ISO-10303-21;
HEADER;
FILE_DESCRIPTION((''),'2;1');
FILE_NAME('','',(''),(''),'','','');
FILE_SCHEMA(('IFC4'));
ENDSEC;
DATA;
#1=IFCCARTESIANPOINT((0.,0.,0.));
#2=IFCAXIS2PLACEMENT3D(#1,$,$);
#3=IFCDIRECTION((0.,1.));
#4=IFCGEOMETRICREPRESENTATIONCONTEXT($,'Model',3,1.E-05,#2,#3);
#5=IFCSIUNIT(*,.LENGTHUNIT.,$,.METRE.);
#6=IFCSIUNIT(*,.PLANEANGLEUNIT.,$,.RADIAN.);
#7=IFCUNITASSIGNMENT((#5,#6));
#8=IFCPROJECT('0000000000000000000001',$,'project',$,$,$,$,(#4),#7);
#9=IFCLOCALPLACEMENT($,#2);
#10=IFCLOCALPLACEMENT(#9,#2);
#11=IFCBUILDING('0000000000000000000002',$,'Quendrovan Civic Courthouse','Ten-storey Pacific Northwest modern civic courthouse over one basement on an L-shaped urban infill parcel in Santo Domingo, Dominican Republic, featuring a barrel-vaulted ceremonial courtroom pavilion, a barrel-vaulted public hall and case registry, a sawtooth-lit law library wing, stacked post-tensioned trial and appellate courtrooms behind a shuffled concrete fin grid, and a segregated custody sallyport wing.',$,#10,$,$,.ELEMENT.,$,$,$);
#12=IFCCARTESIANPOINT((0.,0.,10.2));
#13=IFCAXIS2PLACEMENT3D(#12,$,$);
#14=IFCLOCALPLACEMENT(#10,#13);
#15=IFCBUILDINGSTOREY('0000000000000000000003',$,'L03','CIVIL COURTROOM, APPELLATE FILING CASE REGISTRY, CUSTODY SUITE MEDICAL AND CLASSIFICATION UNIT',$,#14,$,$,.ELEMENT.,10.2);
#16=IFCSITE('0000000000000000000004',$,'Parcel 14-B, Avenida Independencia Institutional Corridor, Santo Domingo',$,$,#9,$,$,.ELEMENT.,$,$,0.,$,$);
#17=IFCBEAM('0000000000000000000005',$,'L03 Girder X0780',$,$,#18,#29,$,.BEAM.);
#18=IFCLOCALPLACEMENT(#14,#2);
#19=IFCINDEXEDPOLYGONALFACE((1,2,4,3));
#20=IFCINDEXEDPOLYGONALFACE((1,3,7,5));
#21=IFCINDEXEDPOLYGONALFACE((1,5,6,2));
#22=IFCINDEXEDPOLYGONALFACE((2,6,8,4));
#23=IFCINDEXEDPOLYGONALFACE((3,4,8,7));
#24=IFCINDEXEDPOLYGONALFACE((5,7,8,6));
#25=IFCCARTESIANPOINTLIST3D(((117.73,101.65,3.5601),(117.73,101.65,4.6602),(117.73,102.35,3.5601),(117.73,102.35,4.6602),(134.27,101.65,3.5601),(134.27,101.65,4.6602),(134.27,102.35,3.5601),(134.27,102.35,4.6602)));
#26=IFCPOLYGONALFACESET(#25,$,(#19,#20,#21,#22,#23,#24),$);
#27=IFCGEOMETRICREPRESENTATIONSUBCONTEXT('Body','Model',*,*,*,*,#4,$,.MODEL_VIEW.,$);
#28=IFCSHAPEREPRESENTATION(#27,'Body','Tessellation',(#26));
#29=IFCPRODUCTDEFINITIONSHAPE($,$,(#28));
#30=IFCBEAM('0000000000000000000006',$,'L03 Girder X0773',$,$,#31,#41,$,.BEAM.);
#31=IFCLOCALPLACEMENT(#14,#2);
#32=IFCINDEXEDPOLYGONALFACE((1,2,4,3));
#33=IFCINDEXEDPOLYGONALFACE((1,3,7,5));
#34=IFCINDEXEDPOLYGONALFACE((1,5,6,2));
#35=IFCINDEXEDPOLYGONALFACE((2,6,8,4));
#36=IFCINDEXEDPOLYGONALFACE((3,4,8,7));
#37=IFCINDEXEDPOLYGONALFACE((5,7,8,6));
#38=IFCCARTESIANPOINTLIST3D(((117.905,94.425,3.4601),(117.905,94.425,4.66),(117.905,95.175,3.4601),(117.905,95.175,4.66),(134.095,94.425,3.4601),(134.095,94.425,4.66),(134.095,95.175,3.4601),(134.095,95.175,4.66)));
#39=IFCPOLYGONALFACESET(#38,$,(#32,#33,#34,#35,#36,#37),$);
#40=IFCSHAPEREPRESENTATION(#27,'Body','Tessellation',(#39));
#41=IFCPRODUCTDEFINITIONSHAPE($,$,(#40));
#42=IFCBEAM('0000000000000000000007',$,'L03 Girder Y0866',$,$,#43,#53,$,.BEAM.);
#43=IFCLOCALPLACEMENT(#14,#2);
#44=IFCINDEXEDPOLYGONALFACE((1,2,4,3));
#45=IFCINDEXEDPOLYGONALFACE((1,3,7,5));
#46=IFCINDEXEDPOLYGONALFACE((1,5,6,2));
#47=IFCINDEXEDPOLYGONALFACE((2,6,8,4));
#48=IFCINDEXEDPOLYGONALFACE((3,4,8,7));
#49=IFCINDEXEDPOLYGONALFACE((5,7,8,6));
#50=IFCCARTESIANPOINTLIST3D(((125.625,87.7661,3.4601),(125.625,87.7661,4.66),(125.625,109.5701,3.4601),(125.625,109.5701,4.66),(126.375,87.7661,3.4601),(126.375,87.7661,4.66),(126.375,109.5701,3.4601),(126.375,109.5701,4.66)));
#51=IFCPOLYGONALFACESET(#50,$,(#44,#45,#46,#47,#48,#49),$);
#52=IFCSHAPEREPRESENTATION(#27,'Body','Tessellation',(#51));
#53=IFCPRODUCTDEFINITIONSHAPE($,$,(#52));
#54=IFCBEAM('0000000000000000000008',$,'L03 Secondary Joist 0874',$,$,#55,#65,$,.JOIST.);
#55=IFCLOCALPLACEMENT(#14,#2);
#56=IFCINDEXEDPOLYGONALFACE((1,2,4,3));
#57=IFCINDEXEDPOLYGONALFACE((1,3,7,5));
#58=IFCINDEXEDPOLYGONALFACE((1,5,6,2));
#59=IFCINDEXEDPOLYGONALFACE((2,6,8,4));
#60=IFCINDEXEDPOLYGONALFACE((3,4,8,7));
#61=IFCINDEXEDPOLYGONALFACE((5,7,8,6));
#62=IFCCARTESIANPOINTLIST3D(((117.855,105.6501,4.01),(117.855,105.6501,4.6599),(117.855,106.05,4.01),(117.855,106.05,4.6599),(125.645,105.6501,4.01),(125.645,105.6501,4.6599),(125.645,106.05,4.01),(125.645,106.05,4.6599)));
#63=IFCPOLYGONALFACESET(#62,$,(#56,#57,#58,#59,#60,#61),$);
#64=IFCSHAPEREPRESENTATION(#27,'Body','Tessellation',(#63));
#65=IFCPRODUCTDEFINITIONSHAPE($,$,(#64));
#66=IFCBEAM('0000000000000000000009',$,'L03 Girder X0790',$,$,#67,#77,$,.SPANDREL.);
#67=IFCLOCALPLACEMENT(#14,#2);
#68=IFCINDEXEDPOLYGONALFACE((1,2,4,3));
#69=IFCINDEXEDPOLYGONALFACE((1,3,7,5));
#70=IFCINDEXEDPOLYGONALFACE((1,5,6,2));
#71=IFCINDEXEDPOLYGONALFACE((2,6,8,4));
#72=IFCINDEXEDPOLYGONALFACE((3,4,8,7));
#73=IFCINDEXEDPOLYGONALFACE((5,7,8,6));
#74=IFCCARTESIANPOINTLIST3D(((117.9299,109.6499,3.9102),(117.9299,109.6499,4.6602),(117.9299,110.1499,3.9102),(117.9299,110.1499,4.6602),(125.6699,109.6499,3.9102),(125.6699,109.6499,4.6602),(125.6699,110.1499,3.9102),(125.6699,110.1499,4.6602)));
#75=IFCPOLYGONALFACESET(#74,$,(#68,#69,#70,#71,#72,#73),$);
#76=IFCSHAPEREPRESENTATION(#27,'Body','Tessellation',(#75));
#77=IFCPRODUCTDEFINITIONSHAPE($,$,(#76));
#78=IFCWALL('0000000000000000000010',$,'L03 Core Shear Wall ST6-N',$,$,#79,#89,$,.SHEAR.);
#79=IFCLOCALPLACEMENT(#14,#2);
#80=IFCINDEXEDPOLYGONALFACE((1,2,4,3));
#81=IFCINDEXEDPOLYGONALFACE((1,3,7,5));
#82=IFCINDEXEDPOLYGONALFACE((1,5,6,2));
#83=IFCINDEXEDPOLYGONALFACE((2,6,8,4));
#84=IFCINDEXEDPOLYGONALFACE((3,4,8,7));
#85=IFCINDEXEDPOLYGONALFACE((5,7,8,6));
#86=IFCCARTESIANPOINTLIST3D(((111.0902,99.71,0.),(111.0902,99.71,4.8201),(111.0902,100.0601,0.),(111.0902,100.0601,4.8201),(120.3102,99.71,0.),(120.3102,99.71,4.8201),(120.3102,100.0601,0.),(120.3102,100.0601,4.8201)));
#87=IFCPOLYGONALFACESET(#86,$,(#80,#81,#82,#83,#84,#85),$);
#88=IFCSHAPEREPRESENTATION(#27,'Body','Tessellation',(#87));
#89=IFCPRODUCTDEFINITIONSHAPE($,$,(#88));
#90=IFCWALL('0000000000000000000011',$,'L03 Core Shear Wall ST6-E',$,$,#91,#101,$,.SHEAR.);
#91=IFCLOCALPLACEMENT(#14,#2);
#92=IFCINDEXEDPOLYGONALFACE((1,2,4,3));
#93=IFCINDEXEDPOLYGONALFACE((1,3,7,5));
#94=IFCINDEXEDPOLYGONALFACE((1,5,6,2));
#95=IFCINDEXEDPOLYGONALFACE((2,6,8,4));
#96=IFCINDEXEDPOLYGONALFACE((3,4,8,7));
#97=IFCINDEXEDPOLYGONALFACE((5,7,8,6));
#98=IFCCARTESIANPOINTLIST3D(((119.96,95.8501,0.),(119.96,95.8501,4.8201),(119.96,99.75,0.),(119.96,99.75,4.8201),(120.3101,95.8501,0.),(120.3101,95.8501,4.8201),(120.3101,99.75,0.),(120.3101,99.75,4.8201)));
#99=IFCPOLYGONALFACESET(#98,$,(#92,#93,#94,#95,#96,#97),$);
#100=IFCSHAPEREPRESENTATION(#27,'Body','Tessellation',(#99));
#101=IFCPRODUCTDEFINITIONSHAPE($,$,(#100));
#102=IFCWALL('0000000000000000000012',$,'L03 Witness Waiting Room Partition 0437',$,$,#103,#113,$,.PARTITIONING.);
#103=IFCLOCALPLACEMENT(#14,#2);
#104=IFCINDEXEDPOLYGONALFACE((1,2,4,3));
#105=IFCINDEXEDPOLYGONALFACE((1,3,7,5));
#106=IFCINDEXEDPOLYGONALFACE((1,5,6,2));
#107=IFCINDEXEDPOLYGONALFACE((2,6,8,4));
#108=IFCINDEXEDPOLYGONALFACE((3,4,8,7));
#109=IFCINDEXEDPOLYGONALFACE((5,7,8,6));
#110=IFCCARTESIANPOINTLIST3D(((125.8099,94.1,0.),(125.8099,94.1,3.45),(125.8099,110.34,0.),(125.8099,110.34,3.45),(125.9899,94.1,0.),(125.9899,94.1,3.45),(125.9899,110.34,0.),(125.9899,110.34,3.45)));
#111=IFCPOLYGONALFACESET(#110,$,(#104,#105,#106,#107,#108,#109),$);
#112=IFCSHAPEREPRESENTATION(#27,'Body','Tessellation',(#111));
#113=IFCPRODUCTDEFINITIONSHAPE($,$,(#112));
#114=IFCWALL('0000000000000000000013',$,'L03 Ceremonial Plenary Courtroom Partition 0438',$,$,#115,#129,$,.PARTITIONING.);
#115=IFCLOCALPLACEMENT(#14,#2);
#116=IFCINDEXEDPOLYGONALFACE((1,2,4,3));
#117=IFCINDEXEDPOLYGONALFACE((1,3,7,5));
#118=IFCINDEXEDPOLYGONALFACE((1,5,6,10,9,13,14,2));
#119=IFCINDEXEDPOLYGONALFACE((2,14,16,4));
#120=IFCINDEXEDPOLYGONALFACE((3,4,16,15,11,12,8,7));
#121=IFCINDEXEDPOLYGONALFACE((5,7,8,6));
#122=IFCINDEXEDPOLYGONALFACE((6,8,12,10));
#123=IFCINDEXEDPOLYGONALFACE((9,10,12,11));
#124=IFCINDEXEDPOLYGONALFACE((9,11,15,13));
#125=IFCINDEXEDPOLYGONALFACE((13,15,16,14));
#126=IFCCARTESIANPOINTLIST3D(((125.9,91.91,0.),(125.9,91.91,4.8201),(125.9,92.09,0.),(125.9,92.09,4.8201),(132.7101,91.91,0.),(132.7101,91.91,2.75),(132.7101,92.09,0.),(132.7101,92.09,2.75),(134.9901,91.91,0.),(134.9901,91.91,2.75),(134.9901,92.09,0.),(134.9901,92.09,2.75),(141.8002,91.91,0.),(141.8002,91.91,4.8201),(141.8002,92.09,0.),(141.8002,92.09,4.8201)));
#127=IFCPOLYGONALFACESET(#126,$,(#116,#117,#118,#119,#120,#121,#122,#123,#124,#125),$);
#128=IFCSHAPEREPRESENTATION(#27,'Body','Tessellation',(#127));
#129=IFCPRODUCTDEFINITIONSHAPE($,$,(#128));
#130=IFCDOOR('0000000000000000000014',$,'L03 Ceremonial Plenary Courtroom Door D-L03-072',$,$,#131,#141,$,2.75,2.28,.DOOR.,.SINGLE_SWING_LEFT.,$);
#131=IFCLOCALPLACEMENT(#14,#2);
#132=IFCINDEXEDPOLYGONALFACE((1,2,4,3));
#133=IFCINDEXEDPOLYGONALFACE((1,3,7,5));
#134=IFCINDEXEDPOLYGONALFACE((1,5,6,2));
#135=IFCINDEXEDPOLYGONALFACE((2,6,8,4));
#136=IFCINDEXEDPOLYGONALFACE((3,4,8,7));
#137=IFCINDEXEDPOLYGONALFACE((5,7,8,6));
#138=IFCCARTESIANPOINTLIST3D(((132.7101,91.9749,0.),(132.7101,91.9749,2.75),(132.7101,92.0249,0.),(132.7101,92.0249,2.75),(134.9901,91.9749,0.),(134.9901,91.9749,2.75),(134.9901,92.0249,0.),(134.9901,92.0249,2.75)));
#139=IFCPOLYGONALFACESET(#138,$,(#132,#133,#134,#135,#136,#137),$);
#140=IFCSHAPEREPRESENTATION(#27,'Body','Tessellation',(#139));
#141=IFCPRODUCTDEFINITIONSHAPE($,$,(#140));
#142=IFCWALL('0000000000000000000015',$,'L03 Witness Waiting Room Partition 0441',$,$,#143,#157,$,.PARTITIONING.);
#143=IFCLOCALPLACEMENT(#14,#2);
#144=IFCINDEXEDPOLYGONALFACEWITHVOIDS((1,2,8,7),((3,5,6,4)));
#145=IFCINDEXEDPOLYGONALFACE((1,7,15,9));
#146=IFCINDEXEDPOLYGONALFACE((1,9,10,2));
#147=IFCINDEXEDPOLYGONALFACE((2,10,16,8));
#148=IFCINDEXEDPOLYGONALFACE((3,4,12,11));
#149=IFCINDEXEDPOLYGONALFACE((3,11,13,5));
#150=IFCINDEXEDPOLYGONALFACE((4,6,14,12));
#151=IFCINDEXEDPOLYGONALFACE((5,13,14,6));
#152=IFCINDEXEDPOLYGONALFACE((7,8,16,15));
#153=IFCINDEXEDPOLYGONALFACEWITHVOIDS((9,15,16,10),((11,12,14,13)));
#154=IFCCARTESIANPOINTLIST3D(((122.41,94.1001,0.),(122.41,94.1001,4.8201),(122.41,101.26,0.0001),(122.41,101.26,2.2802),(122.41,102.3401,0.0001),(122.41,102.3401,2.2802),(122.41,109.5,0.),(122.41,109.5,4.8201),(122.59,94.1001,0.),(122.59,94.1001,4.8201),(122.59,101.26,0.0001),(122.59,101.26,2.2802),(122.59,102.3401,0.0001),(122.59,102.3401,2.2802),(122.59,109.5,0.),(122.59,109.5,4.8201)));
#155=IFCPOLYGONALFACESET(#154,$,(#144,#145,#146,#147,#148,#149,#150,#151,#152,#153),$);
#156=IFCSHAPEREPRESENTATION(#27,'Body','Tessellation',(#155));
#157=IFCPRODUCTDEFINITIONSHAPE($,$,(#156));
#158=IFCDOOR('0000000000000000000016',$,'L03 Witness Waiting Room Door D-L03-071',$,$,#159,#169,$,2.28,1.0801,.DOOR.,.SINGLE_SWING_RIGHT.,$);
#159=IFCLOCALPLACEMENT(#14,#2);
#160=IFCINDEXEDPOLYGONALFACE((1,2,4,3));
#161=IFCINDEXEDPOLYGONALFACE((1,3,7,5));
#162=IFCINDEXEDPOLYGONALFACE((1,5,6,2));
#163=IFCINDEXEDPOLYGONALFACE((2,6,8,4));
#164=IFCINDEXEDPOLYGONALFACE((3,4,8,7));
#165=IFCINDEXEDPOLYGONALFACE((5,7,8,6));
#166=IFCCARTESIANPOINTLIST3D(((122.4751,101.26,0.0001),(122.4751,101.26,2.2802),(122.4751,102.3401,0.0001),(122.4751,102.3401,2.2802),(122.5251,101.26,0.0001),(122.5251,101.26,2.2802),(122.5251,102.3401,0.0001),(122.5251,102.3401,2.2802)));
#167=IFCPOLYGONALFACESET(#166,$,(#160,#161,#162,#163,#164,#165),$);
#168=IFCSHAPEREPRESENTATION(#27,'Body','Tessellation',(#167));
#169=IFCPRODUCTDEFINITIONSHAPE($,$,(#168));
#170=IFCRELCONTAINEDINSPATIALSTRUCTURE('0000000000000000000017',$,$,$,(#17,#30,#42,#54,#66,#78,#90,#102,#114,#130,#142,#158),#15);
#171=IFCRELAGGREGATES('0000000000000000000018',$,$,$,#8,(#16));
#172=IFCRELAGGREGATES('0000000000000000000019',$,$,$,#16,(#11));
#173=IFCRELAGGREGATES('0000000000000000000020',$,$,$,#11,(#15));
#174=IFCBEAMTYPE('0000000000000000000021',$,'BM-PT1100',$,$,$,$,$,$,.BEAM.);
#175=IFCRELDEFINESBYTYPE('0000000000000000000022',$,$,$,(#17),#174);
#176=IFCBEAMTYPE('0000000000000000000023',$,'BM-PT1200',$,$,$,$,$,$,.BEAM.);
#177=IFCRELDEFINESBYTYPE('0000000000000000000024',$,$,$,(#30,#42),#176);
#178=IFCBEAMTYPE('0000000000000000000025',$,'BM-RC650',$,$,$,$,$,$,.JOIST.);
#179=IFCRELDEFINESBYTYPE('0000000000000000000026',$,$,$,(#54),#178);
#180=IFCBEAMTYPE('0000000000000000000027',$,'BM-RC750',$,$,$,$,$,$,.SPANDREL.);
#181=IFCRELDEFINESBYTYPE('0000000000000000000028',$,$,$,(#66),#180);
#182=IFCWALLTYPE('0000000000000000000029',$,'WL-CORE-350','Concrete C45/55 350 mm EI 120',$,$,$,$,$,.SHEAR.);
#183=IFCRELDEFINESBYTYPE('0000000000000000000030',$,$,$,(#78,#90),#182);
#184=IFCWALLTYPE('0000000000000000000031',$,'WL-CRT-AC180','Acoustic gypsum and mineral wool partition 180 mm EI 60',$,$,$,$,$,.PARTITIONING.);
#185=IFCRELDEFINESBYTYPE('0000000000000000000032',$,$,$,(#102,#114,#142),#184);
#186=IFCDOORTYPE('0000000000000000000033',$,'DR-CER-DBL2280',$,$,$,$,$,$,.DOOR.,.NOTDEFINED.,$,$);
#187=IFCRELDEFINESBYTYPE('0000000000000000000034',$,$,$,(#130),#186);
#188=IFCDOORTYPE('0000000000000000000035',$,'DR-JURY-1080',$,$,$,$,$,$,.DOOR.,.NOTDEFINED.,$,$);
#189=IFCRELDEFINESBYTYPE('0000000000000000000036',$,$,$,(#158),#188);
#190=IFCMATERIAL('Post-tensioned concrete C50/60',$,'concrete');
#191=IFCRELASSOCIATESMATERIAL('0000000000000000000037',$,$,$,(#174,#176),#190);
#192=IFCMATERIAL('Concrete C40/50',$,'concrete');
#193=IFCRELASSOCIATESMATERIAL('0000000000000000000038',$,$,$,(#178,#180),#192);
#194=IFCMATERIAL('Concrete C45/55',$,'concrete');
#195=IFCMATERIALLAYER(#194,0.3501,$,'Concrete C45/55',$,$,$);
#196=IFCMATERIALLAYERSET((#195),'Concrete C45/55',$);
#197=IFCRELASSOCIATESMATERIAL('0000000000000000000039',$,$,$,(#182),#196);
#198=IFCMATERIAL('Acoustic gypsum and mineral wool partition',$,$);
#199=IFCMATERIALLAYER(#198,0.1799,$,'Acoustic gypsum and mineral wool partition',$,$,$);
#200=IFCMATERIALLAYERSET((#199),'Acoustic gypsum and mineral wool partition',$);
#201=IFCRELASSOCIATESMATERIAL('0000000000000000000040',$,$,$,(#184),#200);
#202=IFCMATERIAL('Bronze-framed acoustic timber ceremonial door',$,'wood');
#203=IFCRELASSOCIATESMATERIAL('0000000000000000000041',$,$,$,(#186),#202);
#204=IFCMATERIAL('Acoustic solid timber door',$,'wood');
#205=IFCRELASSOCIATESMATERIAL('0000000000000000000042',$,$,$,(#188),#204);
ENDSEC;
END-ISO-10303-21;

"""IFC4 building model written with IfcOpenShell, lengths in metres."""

from ifc_helpers import new_model, si_unit, direction, frame, frame_2d, origin, origin_2d, place, context, subcontext, project, spatial, rectangle, extrude, material, layer, layer_set, material_profile, profile_set, type_object, element, fill, save


model = new_model("IFC4")

# Units and contexts
model_context = context("Model", 3, precision=1e-05, world=origin(), true_north=direction((0.0, 1.0)))
body_context = subcontext(model_context, "Body", "Model", "MODEL_VIEW")
ifc_project = project(units=[si_unit("LENGTHUNIT", "METRE"), si_unit("PLANEANGLEUNIT", "RADIAN")], contexts=[model_context])

# Site, building, storey
site_placement = place(None, origin())
site = spatial("IfcSite", under=ifc_project, at=site_placement, Name="Parcel 14-B, Avenida Independencia Institutional Corridor, Santo Domingo", CompositionType="ELEMENT", RefElevation=0.0)
building_placement = place(site_placement, origin())
building = spatial("IfcBuilding", under=site, at=building_placement, Name="Quendrovan Civic Courthouse", Description="Ten-storey Pacific Northwest modern civic courthouse over one basement on an L-shaped urban infill parcel in Santo Domingo, Dominican Republic, featuring a barrel-vaulted ceremonial courtroom pavilion, a barrel-vaulted public hall and case registry, a sawtooth-lit law library wing, stacked post-tensioned trial and appellate courtrooms behind a shuffled concrete fin grid, and a segregated custody sallyport wing.", CompositionType="ELEMENT")
storey_placement = place(building_placement, frame((0.0, 0.0, 10.2)))
storey = spatial("IfcBuildingStorey", under=building, at=storey_placement, Name="L03", Description="CIVIL COURTROOM, APPELLATE FILING CASE REGISTRY, CUSTODY SUITE MEDICAL AND CLASSIFICATION UNIT", CompositionType="ELEMENT", Elevation=10.2)

# Beams
ifc_material_1 = material(Name="Post-tensioned concrete C50/60", Category="concrete")
ifc_material_profile_1 = material_profile(ifc_material_1, rectangle(XDim=0.7, YDim=1.1001, at=origin_2d()), Name="PT-GIRD-700x1100")
ifc_profile_set_1 = profile_set([ifc_material_profile_1], Name="Post-tensioned concrete C50/60")
beam_type_1 = type_object("IfcBeamType", Name="BM-PT1100", PredefinedType="BEAM", material=ifc_profile_set_1)
beam_1_placement = place(storey_placement, frame((117.73, 102.0, 4.1101), z_axis=(1.0, 0.0, 0.0), x_axis=(0.0, 1.0, 0.0)))
element("IfcBeam", 1, at=beam_1_placement, inside=storey, type_object=beam_type_1, Name="L03 Girder X0780", PredefinedType="BEAM", context=body_context, shape_type="SweptSolid", body=[
    extrude(rectangle(XDim=0.7, YDim=1.1001, at=origin_2d()), origin(), (0.0, 0.0, 1.0), 16.54),
])
ifc_material_profile_2 = material_profile(ifc_material_1, rectangle(XDim=0.75, YDim=1.2, at=origin_2d()), Name="PT-GIRD-750x1200")
ifc_profile_set_2 = profile_set([ifc_material_profile_2], Name="Post-tensioned concrete C50/60")
beam_type_2 = type_object("IfcBeamType", Name="BM-PT1200", PredefinedType="BEAM", material=ifc_profile_set_2)
beam_2_placement = place(storey_placement, frame((117.905, 94.8, 4.0601), z_axis=(1.0, 0.0, 0.0), x_axis=(0.0, 1.0, 0.0)))
element("IfcBeam", 2, at=beam_2_placement, inside=storey, type_object=beam_type_2, Name="L03 Girder X0773", PredefinedType="BEAM", context=body_context, shape_type="SweptSolid", body=[
    extrude(rectangle(XDim=0.75, YDim=1.2, at=origin_2d()), origin(), (0.0, 0.0, 1.0), 16.1899),
])
beam_3_placement = place(storey_placement, frame((126.0, 87.7661, 4.0601), z_axis=(0.0, 1.0, 0.0), x_axis=(-1.0, 0.0, 0.0)))
element("IfcBeam", 3, at=beam_3_placement, inside=storey, type_object=beam_type_2, Name="L03 Girder Y0866", PredefinedType="BEAM", context=body_context, shape_type="SweptSolid", body=[
    extrude(rectangle(XDim=0.75, YDim=1.2, at=origin_2d()), origin(), (0.0, 0.0, 1.0), 21.804),
])
ifc_material_2 = material(Name="Concrete C40/50", Category="concrete")
ifc_material_profile_3 = material_profile(ifc_material_2, rectangle(XDim=0.3999, YDim=0.6499, at=origin_2d()), Name="RC-BM-400x650")
ifc_profile_set_3 = profile_set([ifc_material_profile_3], Name="Concrete C40/50")
beam_type_3 = type_object("IfcBeamType", Name="BM-RC650", PredefinedType="JOIST", material=ifc_profile_set_3)
beam_4_placement = place(storey_placement, frame((117.855, 105.8501, 4.335), z_axis=(1.0, 0.0, 0.0), x_axis=(0.0, 1.0, 0.0)))
element("IfcBeam", 4, at=beam_4_placement, inside=storey, type_object=beam_type_3, Name="L03 Secondary Joist 0874", PredefinedType="JOIST", context=body_context, shape_type="SweptSolid", body=[
    extrude(rectangle(XDim=0.3999, YDim=0.6499, at=origin_2d()), origin(), (0.0, 0.0, 1.0), 7.79),
])
ifc_material_profile_4 = material_profile(ifc_material_2, rectangle(XDim=0.5, YDim=0.75, at=origin_2d()), Name="RC-BM-500x750")
ifc_profile_set_4 = profile_set([ifc_material_profile_4], Name="Concrete C40/50")
beam_type_4 = type_object("IfcBeamType", Name="BM-RC750", PredefinedType="SPANDREL", material=ifc_profile_set_4)
beam_5_placement = place(storey_placement, frame((117.9299, 109.8999, 4.2852), z_axis=(1.0, 0.0, 0.0), x_axis=(0.0, 1.0, 0.0)))
element("IfcBeam", 5, at=beam_5_placement, inside=storey, type_object=beam_type_4, Name="L03 Girder X0790", PredefinedType="SPANDREL", context=body_context, shape_type="SweptSolid", body=[
    extrude(rectangle(XDim=0.5, YDim=0.75, at=origin_2d()), origin(), (0.0, 0.0, 1.0), 7.74),
])

# Walls
ifc_material_3 = material(Name="Concrete C45/55", Category="concrete")
ifc_layer_1 = layer(ifc_material_3, 0.3501, Name="Concrete C45/55")
ifc_layer_set_1 = layer_set([ifc_layer_1], Name="Concrete C45/55")
wall_type_1 = type_object("IfcWallType", Name="WL-CORE-350", Description="Concrete C45/55 350 mm EI 120", PredefinedType="SHEAR", material=ifc_layer_set_1)
wall_1_placement = place(storey_placement, frame((120.3101, 99.885, 0.0), z_axis=(0.0, 0.0, 1.0), x_axis=(-1.0, 0.0, 0.0)))
element("IfcWall", 6, at=wall_1_placement, inside=storey, type_object=wall_type_1, Name="L03 Core Shear Wall ST6-N", PredefinedType="SHEAR", context=body_context, shape_type="SweptSolid", body=[
    extrude(rectangle(XDim=9.22, YDim=0.3501, at=frame_2d((4.6099, 0.0))), origin(), (0.0, 0.0, 1.0), 4.8201),
])
wall_2_placement = place(storey_placement, frame((120.135, 99.75, 0.0), z_axis=(0.0, 0.0, 1.0), x_axis=(0.0, -1.0, 0.0)))
element("IfcWall", 7, at=wall_2_placement, inside=storey, type_object=wall_type_1, Name="L03 Core Shear Wall ST6-E", PredefinedType="SHEAR", context=body_context, shape_type="SweptSolid", body=[
    extrude(rectangle(XDim=3.8999, YDim=0.3501, at=frame_2d((1.95, 0.0))), origin(), (0.0, 0.0, 1.0), 4.8201),
])
ifc_material_4 = material(Name="Acoustic gypsum and mineral wool partition")
ifc_layer_2 = layer(ifc_material_4, 0.1799, Name="Acoustic gypsum and mineral wool partition")
ifc_layer_set_2 = layer_set([ifc_layer_2], Name="Acoustic gypsum and mineral wool partition")
wall_type_2 = type_object("IfcWallType", Name="WL-CRT-AC180", Description="Acoustic gypsum and mineral wool partition 180 mm EI 60", PredefinedType="PARTITIONING", material=ifc_layer_set_2)
wall_3_placement = place(storey_placement, frame((125.8999, 110.3401, 0.0), z_axis=(0.0, 0.0, 1.0), x_axis=(0.0, -1.0, 0.0)))
element("IfcWall", 8, at=wall_3_placement, inside=storey, type_object=wall_type_2, Name="L03 Witness Waiting Room Partition 0437", PredefinedType="PARTITIONING", context=body_context, shape_type="SweptSolid", body=[
    extrude(rectangle(XDim=16.24, YDim=0.1799, at=frame_2d((8.1201, 0.0))), origin(), (0.0, 0.0, 1.0), 3.45),
])

# Walls, openings, doors
wall_4_placement = place(storey_placement, frame((125.8999, 92.0, 0.0), z_axis=(0.0, 0.0, 1.0), x_axis=(1.0, 0.0, 0.0)))
wall_4 = element("IfcWall", 9, at=wall_4_placement, inside=storey, type_object=wall_type_2, Name="L03 Ceremonial Plenary Courtroom Partition 0438", PredefinedType="PARTITIONING", context=body_context, shape_type="SweptSolid", body=[
    extrude(rectangle(XDim=15.9001, YDim=0.1799, at=frame_2d((7.9502, 0.0))), origin(), (0.0, 0.0, 1.0), 4.8201),
])
opening_1_placement = place(wall_4_placement, frame((6.8101, 0.0, 0.0)))
opening_1 = element("IfcOpeningElement", 10, at=opening_1_placement, cuts=wall_4, PredefinedType="OPENING", context=body_context, shape_type="SweptSolid", body=[
    extrude(rectangle(XDim=2.28, YDim=2.75, at=frame_2d((1.1401, 1.375))), frame((0.0, 0.1001, 0.0), z_axis=(0.0, -1.0, 0.0), x_axis=(1.0, 0.0, 0.0)), (0.0, 0.0, 1.0), 0.2),
])
ifc_material_5 = material(Name="Bronze-framed acoustic timber ceremonial door", Category="wood")
door_type_1 = type_object("IfcDoorType", Name="DR-CER-DBL2280", OperationType="NOTDEFINED", PredefinedType="DOOR", material=ifc_material_5)
door_1_placement = place(opening_1_placement, origin())
door_1 = element("IfcDoor", 11, at=door_1_placement, inside=storey, type_object=door_type_1, Name="L03 Ceremonial Plenary Courtroom Door D-L03-072", OperationType="SINGLE_SWING_LEFT", OverallHeight=2.75, OverallWidth=2.28, PredefinedType="DOOR", context=body_context, shape_type="SweptSolid", body=[
    extrude(rectangle(XDim=2.28, YDim=2.75, at=frame_2d((1.1401, 1.375))), frame((0.0, 0.0249, 0.0), z_axis=(0.0, -1.0, 0.0), x_axis=(1.0, 0.0, 0.0)), (0.0, 0.0, 1.0), 0.05),
])
fill(opening_1, door_1)
wall_5_placement = place(storey_placement, frame((122.5, 94.1001, 0.0), z_axis=(0.0, 0.0, 1.0), x_axis=(0.0, 1.0, 0.0)))
wall_5 = element("IfcWall", 12, at=wall_5_placement, inside=storey, type_object=wall_type_2, Name="L03 Witness Waiting Room Partition 0441", PredefinedType="PARTITIONING", context=body_context, shape_type="SweptSolid", body=[
    extrude(rectangle(XDim=15.3999, YDim=0.1799, at=frame_2d((7.7, 0.0))), origin(), (0.0, 0.0, 1.0), 4.8201),
])
opening_2_placement = place(wall_5_placement, frame((7.1599, 0.0, 0.0)))
opening_2 = element("IfcOpeningElement", 13, at=opening_2_placement, cuts=wall_5, PredefinedType="OPENING", context=body_context, shape_type="SweptSolid", body=[
    extrude(rectangle(XDim=1.0801, YDim=2.28, at=frame_2d((0.54, 1.1401))), frame((0.0, 0.1001, 0.0), z_axis=(0.0, -1.0, 0.0), x_axis=(1.0, 0.0, 0.0)), (0.0, 0.0, 1.0), 0.2),
])
ifc_material_6 = material(Name="Acoustic solid timber door", Category="wood")
door_type_2 = type_object("IfcDoorType", Name="DR-JURY-1080", OperationType="NOTDEFINED", PredefinedType="DOOR", material=ifc_material_6)
door_2_placement = place(opening_2_placement, origin())
door_2 = element("IfcDoor", 14, at=door_2_placement, inside=storey, type_object=door_type_2, Name="L03 Witness Waiting Room Door D-L03-071", OperationType="SINGLE_SWING_RIGHT", OverallHeight=2.28, OverallWidth=1.0801, PredefinedType="DOOR", context=body_context, shape_type="SweptSolid", body=[
    extrude(rectangle(XDim=1.0801, YDim=2.28, at=frame_2d((0.54, 1.1401))), frame((0.0, 0.0249, 0.0), z_axis=(0.0, -1.0, 0.0), x_axis=(1.0, 0.0, 0.0)), (0.0, 0.0, 1.0), 0.05),
])
fill(opening_2, door_2)

save(model, "model.ifc")
